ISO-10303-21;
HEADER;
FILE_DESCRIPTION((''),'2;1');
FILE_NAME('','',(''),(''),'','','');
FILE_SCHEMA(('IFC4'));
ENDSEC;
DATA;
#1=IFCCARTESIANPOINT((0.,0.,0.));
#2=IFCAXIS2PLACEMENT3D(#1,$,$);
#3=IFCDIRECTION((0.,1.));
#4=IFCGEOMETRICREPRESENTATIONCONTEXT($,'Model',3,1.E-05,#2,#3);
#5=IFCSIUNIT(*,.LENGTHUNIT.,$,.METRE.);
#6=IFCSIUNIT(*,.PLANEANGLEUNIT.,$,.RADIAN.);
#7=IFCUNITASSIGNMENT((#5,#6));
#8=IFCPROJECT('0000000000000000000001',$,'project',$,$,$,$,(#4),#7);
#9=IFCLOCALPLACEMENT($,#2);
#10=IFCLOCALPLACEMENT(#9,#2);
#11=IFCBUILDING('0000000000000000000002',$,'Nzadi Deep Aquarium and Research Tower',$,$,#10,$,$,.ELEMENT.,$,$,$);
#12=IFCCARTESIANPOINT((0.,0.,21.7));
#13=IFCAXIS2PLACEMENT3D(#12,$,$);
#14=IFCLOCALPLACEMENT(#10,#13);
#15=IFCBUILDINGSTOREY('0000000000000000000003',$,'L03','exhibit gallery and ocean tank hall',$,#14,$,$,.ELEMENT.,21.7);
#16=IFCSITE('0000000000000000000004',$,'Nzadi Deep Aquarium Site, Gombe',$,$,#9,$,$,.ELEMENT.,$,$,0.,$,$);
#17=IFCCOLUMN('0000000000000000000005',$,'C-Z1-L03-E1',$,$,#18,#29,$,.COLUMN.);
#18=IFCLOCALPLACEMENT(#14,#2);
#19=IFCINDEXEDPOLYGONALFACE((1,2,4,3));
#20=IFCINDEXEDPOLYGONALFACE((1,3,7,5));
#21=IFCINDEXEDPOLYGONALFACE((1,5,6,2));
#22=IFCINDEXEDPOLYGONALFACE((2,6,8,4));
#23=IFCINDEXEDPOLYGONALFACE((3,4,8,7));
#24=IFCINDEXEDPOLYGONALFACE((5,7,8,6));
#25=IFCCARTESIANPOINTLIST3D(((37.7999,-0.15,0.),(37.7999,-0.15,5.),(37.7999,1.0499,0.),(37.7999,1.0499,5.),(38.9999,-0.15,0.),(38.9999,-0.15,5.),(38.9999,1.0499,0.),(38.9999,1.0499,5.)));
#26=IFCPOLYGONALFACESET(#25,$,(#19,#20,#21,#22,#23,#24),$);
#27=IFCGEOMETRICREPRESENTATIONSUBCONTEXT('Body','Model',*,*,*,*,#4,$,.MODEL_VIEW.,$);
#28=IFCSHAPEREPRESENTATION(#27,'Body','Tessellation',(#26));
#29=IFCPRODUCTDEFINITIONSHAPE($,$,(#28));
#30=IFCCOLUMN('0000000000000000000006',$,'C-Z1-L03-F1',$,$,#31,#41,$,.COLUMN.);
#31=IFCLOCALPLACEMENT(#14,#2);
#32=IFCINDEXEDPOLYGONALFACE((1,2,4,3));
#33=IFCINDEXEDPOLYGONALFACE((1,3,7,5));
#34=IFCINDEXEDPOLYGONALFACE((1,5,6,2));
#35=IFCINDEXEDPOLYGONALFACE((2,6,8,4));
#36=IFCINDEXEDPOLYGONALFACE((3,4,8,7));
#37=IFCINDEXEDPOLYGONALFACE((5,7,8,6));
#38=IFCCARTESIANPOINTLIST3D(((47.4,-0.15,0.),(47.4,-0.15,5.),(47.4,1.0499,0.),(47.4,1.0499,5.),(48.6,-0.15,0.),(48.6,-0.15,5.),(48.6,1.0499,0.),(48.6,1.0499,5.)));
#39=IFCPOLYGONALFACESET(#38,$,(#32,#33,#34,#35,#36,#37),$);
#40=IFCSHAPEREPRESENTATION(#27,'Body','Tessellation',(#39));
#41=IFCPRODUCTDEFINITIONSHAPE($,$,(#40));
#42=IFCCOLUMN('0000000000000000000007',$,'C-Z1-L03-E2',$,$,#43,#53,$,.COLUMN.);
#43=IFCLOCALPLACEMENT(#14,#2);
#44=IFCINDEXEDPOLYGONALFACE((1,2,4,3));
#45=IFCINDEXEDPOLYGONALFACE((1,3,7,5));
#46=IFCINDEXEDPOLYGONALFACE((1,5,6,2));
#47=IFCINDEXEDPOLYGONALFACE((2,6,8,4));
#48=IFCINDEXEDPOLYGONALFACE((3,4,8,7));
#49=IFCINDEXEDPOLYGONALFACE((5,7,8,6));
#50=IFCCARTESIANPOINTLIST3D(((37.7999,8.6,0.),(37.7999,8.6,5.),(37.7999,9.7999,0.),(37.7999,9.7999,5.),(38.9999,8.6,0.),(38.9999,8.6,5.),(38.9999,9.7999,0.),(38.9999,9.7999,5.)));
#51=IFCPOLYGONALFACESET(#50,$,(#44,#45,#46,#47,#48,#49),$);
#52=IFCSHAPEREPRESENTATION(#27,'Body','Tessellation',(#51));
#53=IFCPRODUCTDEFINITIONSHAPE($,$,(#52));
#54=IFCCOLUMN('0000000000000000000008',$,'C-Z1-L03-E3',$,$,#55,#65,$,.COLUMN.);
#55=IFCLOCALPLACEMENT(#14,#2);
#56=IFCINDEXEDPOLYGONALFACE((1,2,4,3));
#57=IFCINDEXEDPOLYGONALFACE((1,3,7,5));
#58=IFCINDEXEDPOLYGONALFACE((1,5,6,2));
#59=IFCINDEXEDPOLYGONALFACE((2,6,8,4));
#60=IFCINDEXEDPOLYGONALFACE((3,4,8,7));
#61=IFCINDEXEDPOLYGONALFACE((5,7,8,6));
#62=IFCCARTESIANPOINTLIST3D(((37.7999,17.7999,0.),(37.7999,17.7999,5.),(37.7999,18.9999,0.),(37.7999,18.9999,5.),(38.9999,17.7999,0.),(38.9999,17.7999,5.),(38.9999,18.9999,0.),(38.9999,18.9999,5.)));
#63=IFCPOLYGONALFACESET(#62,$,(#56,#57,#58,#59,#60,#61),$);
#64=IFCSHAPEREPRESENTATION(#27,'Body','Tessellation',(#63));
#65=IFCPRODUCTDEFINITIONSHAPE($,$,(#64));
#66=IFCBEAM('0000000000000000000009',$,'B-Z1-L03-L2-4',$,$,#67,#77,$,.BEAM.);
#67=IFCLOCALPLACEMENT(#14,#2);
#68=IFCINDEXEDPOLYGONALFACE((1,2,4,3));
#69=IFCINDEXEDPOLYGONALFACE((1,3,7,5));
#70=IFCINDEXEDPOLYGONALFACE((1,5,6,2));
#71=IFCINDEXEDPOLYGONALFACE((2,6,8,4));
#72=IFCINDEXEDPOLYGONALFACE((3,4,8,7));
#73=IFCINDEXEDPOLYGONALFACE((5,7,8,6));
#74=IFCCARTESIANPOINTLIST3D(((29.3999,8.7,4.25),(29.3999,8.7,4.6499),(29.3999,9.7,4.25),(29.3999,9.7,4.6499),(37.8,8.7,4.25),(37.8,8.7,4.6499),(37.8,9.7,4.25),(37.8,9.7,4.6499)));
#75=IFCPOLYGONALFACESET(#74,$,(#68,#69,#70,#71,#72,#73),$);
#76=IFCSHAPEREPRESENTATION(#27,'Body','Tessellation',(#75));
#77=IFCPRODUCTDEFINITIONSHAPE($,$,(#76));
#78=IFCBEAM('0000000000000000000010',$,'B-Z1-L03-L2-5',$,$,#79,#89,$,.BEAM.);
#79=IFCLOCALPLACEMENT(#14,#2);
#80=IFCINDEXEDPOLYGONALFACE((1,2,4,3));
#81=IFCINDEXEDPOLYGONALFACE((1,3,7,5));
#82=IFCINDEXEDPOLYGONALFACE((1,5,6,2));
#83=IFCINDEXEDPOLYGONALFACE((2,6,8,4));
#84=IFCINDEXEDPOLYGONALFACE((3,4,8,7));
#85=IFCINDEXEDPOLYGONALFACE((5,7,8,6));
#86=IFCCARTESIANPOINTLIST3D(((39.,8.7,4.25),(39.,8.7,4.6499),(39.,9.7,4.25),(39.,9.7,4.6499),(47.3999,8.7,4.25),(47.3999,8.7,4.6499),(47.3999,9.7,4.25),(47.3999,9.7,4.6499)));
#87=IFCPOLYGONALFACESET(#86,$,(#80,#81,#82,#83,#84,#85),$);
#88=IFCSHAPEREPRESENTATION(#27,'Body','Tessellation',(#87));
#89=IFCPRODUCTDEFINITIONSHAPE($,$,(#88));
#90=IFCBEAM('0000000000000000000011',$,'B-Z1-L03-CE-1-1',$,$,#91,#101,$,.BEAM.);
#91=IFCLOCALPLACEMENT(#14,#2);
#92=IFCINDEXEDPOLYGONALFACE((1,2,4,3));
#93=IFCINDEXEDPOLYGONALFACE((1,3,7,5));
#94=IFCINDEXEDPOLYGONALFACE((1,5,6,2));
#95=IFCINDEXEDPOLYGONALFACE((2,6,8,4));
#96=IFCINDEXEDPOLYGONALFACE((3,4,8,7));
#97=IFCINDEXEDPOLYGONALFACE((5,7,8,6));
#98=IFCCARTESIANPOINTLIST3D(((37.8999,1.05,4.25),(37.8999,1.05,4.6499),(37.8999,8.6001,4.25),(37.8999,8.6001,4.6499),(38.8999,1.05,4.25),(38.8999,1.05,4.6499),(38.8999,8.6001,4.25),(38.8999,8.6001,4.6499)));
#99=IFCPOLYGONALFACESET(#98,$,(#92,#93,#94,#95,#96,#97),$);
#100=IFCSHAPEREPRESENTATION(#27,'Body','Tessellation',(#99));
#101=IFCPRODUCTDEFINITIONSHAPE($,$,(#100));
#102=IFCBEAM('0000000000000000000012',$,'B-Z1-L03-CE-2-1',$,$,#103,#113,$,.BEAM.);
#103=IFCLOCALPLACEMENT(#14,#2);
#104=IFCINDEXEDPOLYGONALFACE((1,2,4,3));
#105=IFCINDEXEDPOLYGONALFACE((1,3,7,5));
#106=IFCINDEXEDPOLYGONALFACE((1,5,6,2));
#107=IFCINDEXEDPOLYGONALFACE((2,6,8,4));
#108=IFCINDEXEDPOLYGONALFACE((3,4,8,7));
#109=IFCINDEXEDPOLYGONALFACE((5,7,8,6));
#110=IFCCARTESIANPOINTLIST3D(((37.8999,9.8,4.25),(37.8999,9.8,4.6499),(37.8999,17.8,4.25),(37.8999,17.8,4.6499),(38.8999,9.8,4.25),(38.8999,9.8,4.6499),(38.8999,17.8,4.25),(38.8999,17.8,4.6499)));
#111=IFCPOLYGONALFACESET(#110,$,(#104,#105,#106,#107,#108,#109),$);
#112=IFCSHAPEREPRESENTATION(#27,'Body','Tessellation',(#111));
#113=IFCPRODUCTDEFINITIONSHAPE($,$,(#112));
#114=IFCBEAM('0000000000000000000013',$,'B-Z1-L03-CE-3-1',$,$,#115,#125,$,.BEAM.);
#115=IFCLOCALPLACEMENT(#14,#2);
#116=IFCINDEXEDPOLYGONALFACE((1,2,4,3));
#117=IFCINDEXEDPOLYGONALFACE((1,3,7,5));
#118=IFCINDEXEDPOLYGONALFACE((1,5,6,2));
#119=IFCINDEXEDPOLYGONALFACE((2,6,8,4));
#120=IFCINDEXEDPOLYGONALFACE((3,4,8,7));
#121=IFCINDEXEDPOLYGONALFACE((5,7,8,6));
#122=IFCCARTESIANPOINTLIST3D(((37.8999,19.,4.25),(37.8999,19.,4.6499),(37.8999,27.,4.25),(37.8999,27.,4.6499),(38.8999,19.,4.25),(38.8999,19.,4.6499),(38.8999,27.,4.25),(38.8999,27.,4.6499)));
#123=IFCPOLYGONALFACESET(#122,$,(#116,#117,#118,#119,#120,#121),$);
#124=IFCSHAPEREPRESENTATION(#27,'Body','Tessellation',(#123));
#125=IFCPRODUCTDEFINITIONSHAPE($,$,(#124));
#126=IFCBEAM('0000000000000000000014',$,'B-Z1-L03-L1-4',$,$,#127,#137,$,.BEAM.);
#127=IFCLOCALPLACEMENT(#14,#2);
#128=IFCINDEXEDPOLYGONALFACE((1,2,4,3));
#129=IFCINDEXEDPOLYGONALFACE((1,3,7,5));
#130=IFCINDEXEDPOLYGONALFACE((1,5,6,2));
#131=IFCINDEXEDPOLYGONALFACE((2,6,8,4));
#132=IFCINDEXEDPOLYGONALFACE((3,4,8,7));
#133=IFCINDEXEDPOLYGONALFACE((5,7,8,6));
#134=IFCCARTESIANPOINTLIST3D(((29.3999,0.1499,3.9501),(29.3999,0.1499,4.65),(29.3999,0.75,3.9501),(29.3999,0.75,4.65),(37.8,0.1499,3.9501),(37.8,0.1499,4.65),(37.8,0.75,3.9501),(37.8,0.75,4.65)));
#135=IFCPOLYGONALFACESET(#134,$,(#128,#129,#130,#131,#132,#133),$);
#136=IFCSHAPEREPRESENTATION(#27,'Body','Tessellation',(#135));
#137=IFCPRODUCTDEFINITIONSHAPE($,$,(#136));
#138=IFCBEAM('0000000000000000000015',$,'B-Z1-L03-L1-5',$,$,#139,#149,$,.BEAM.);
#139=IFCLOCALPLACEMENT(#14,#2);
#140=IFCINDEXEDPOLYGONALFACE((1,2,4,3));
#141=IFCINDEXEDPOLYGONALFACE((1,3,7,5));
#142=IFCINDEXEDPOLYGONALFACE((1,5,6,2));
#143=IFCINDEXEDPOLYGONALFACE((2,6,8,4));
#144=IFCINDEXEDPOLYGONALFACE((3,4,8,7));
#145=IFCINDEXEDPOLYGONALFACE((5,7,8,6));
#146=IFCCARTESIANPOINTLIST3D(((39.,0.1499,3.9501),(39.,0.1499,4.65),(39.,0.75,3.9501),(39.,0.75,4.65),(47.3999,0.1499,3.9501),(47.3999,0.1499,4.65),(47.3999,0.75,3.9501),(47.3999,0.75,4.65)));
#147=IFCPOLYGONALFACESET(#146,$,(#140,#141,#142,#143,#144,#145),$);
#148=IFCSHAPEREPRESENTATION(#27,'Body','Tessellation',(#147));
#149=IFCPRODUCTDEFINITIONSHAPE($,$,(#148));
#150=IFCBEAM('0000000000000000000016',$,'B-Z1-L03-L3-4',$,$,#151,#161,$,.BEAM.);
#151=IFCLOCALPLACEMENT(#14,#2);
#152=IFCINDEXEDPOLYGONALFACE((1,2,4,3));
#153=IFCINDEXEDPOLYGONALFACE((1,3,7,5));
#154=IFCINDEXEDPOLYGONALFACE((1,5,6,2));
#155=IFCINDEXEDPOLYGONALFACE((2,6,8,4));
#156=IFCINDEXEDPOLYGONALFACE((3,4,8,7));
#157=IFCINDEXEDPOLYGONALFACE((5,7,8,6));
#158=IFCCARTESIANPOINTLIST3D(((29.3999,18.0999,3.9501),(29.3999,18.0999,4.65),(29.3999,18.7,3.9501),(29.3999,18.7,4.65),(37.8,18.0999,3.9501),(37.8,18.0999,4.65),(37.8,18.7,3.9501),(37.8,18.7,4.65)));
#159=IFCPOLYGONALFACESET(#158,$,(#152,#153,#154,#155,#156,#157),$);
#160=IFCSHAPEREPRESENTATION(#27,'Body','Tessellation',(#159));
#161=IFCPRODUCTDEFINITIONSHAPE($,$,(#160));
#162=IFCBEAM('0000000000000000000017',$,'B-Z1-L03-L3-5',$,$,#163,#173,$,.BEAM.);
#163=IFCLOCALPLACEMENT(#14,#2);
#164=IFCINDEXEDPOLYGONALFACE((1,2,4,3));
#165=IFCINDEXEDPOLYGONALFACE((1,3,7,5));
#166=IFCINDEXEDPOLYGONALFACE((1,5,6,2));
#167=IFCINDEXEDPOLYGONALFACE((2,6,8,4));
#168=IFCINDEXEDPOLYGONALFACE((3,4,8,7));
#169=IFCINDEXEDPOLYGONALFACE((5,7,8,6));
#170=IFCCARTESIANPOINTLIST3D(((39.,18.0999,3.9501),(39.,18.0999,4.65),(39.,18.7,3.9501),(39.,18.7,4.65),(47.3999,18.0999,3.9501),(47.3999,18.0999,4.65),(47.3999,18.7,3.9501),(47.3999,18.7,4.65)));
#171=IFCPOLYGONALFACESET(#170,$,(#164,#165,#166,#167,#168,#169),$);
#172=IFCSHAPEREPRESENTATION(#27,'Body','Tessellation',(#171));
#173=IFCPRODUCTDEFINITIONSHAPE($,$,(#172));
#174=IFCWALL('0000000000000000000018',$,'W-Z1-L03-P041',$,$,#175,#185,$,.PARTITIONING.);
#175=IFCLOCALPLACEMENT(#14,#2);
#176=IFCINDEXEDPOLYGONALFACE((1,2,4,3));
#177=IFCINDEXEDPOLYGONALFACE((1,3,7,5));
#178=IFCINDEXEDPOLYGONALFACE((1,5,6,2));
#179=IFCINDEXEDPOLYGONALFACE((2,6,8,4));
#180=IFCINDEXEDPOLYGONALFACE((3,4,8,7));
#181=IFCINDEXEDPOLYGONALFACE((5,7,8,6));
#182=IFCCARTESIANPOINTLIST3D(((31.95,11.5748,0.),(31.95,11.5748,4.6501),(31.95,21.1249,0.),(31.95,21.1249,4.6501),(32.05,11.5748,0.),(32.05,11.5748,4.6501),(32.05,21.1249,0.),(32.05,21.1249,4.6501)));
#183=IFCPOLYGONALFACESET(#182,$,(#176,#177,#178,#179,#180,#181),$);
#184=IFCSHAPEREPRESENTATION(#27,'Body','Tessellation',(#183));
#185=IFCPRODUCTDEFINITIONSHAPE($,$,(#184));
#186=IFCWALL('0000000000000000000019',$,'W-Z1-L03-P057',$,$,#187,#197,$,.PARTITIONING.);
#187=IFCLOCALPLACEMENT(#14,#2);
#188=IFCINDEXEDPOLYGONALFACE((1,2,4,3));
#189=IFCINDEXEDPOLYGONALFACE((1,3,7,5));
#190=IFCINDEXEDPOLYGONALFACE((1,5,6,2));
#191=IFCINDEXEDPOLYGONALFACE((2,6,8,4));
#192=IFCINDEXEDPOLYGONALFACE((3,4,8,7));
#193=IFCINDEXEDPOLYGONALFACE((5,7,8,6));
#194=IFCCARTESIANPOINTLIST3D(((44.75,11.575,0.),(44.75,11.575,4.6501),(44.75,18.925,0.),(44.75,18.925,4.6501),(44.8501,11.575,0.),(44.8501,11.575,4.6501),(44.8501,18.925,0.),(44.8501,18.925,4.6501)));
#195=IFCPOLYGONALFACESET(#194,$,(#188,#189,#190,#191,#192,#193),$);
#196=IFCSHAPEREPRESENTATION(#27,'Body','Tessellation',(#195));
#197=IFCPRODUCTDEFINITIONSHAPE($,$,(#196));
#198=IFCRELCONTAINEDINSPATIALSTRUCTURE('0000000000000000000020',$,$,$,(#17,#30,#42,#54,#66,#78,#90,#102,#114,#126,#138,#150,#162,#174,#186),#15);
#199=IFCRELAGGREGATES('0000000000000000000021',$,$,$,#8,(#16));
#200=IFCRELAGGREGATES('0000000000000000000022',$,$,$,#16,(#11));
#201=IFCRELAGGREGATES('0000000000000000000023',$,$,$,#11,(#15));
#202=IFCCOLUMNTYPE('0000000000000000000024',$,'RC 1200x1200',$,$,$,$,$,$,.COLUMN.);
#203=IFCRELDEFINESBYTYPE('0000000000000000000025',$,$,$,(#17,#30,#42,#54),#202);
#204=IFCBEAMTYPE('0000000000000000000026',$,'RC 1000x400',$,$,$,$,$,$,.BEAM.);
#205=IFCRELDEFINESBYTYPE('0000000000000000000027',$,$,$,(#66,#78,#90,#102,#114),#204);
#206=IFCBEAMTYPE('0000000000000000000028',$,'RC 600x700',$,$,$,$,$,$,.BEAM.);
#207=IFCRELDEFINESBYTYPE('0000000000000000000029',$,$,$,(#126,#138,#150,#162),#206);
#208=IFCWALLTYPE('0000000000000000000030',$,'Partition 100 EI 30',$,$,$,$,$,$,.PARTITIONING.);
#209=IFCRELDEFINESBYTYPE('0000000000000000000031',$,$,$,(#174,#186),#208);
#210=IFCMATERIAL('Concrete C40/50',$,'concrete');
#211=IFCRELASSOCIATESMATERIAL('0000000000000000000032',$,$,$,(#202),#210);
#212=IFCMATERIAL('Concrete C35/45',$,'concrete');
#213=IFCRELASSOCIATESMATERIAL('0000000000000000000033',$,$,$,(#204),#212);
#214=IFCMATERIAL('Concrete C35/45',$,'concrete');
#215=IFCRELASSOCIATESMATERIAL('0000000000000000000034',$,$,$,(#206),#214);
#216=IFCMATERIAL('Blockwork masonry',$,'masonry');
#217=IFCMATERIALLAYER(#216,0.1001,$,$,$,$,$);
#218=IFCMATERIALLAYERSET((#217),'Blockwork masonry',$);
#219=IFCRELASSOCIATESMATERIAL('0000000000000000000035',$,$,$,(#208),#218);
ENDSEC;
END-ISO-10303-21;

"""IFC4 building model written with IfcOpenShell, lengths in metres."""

from ifc_helpers import new_model, si_unit, direction, frame, frame_2d, origin, origin_2d, place, context, subcontext, project, spatial, rectangle, extrude, material, layer, layer_set, material_profile, profile_set, type_object, element, save


model = new_model("IFC4")

# Units and contexts
model_context = context("Model", 3, precision=1e-05, world=origin(), true_north=direction((0.0, 1.0)))
body_context = subcontext(model_context, "Body", "Model", "MODEL_VIEW")
ifc_project = project(units=[si_unit("LENGTHUNIT", "METRE"), si_unit("PLANEANGLEUNIT", "RADIAN")], contexts=[model_context])

# Site, building, storey
site_placement = place(None, origin())
site = spatial("IfcSite", under=ifc_project, at=site_placement, Name="Nzadi Deep Aquarium Site, Gombe", CompositionType="ELEMENT", RefElevation=0.0)
building_placement = place(site_placement, origin())
building = spatial("IfcBuilding", under=site, at=building_placement, Name="Nzadi Deep Aquarium and Research Tower", CompositionType="ELEMENT")
storey_placement = place(building_placement, frame((0.0, 0.0, 21.7)))
storey = spatial("IfcBuildingStorey", under=building, at=storey_placement, Name="L03", Description="exhibit gallery and ocean tank hall", CompositionType="ELEMENT", Elevation=21.7)

# Columns
ifc_material_1 = material(Name="Concrete C40/50", Category="concrete")
ifc_material_profile_1 = material_profile(ifc_material_1, rectangle(XDim=1.2, YDim=1.2, at=origin_2d()))
ifc_profile_set_1 = profile_set([ifc_material_profile_1], Name="Concrete C40/50")
column_type = type_object("IfcColumnType", Name="RC 1200x1200", PredefinedType="COLUMN", material=ifc_profile_set_1)
for number, where, z_axis, x_axis, name in (
    (1, (38.3999, 0.45, 0.0), (0.0, 0.0, 1.0), (1.0, 0.0, 0.0), "C-Z1-L03-E1"),
    (2, (48.0, 0.45, 0.0), (0.0, 0.0, 1.0), (1.0, 0.0, 0.0), "C-Z1-L03-F1"),
    (3, (38.3999, 9.2, 0.0), (0.0, 0.0, 1.0), (1.0, 0.0, 0.0), "C-Z1-L03-E2"),
    (4, (38.3999, 18.3999, 0.0), (0.0, 0.0, 1.0), (1.0, 0.0, 0.0), "C-Z1-L03-E3"),
):
    element("IfcColumn", number, at=place(storey_placement, frame(where, z_axis=z_axis, x_axis=x_axis)), inside=storey, type_object=column_type, Name=name, PredefinedType="COLUMN", context=body_context, shape_type="SweptSolid", body=[
        extrude(rectangle(XDim=1.2, YDim=1.2, at=origin_2d()), origin(), (0.0, 0.0, 1.0), 5.0),
    ])

# Beams
ifc_material_2 = material(Name="Concrete C35/45", Category="concrete")
ifc_material_profile_2 = material_profile(ifc_material_2, rectangle(XDim=1.0, YDim=0.3999, at=origin_2d()))
ifc_profile_set_2 = profile_set([ifc_material_profile_2], Name="Concrete C35/45")
beam_type_1 = type_object("IfcBeamType", Name="RC 1000x400", PredefinedType="BEAM", material=ifc_profile_set_2)
beam_1_placement = place(storey_placement, frame((29.3999, 9.2, 4.45), z_axis=(1.0, 0.0, 0.0), x_axis=(0.0, 1.0, 0.0)))
element("IfcBeam", 5, at=beam_1_placement, inside=storey, type_object=beam_type_1, Name="B-Z1-L03-L2-4", PredefinedType="BEAM", context=body_context, shape_type="SweptSolid", body=[
    extrude(rectangle(XDim=1.0, YDim=0.3999, at=origin_2d()), origin(), (0.0, 0.0, 1.0), 8.4001),
])
beam_2_placement = place(storey_placement, frame((39.0, 9.2, 4.45), z_axis=(1.0, 0.0, 0.0), x_axis=(0.0, 1.0, 0.0)))
element("IfcBeam", 6, at=beam_2_placement, inside=storey, type_object=beam_type_1, Name="B-Z1-L03-L2-5", PredefinedType="BEAM", context=body_context, shape_type="SweptSolid", body=[
    extrude(rectangle(XDim=1.0, YDim=0.3999, at=origin_2d()), origin(), (0.0, 0.0, 1.0), 8.3999),
])
beam_3_placement = place(storey_placement, frame((38.3999, 1.05, 4.45), z_axis=(0.0, 1.0, 0.0), x_axis=(-1.0, 0.0, 0.0)))
element("IfcBeam", 7, at=beam_3_placement, inside=storey, type_object=beam_type_1, Name="B-Z1-L03-CE-1-1", PredefinedType="BEAM", context=body_context, shape_type="SweptSolid", body=[
    extrude(rectangle(XDim=1.0, YDim=0.3999, at=origin_2d()), origin(), (0.0, 0.0, 1.0), 7.55),
])
for number, where, z_axis, x_axis, name in (
    (8, (38.3999, 9.8, 4.45), (0.0, 1.0, 0.0), (-1.0, 0.0, 0.0), "B-Z1-L03-CE-2-1"),
    (9, (38.3999, 19.0, 4.45), (0.0, 1.0, 0.0), (-1.0, 0.0, 0.0), "B-Z1-L03-CE-3-1"),
):
    element("IfcBeam", number, at=place(storey_placement, frame(where, z_axis=z_axis, x_axis=x_axis)), inside=storey, type_object=beam_type_1, Name=name, PredefinedType="BEAM", context=body_context, shape_type="SweptSolid", body=[
        extrude(rectangle(XDim=1.0, YDim=0.3999, at=origin_2d()), origin(), (0.0, 0.0, 1.0), 8.0),
    ])
ifc_material_3 = material(Name="Concrete C35/45", Category="concrete")
ifc_material_profile_3 = material_profile(ifc_material_3, rectangle(XDim=0.6001, YDim=0.7, at=origin_2d()))
ifc_profile_set_3 = profile_set([ifc_material_profile_3], Name="Concrete C35/45")
beam_type_2 = type_object("IfcBeamType", Name="RC 600x700", PredefinedType="BEAM", material=ifc_profile_set_3)
beam_4_placement = place(storey_placement, frame((29.3999, 0.45, 4.3), z_axis=(1.0, 0.0, 0.0), x_axis=(0.0, 1.0, 0.0)))
element("IfcBeam", 10, at=beam_4_placement, inside=storey, type_object=beam_type_2, Name="B-Z1-L03-L1-4", PredefinedType="BEAM", context=body_context, shape_type="SweptSolid", body=[
    extrude(rectangle(XDim=0.6001, YDim=0.7, at=origin_2d()), origin(), (0.0, 0.0, 1.0), 8.4001),
])
beam_5_placement = place(storey_placement, frame((39.0, 0.45, 4.3), z_axis=(1.0, 0.0, 0.0), x_axis=(0.0, 1.0, 0.0)))
element("IfcBeam", 11, at=beam_5_placement, inside=storey, type_object=beam_type_2, Name="B-Z1-L03-L1-5", PredefinedType="BEAM", context=body_context, shape_type="SweptSolid", body=[
    extrude(rectangle(XDim=0.6001, YDim=0.7, at=origin_2d()), origin(), (0.0, 0.0, 1.0), 8.3999),
])
beam_6_placement = place(storey_placement, frame((29.3999, 18.3999, 4.3), z_axis=(1.0, 0.0, 0.0), x_axis=(0.0, 1.0, 0.0)))
element("IfcBeam", 12, at=beam_6_placement, inside=storey, type_object=beam_type_2, Name="B-Z1-L03-L3-4", PredefinedType="BEAM", context=body_context, shape_type="SweptSolid", body=[
    extrude(rectangle(XDim=0.6001, YDim=0.7, at=origin_2d()), origin(), (0.0, 0.0, 1.0), 8.4001),
])
beam_7_placement = place(storey_placement, frame((39.0, 18.3999, 4.3), z_axis=(1.0, 0.0, 0.0), x_axis=(0.0, 1.0, 0.0)))
element("IfcBeam", 13, at=beam_7_placement, inside=storey, type_object=beam_type_2, Name="B-Z1-L03-L3-5", PredefinedType="BEAM", context=body_context, shape_type="SweptSolid", body=[
    extrude(rectangle(XDim=0.6001, YDim=0.7, at=origin_2d()), origin(), (0.0, 0.0, 1.0), 8.3999),
])

# Walls
ifc_material_4 = material(Name="Blockwork masonry", Category="masonry")
ifc_layer_1 = layer(ifc_material_4, 0.1001)
ifc_layer_set_1 = layer_set([ifc_layer_1], Name="Blockwork masonry")
wall_type_1 = type_object("IfcWallType", Name="Partition 100 EI 30", PredefinedType="PARTITIONING", material=ifc_layer_set_1)
wall_1_placement = place(storey_placement, frame((32.0, 11.575, 0.0), z_axis=(0.0, 0.0, 1.0), x_axis=(0.0, 1.0, 0.0)))
element("IfcWall", 14, at=wall_1_placement, inside=storey, type_object=wall_type_1, Name="W-Z1-L03-P041", PredefinedType="PARTITIONING", context=body_context, shape_type="SweptSolid", body=[
    extrude(rectangle(XDim=9.55, YDim=0.1001, at=frame_2d((4.7749, 0.0))), origin(), (0.0, 0.0, 1.0), 4.6501),
])
wall_2_placement = place(storey_placement, frame((44.8, 11.575, 0.0), z_axis=(0.0, 0.0, 1.0), x_axis=(0.0, 1.0, 0.0)))
element("IfcWall", 15, at=wall_2_placement, inside=storey, type_object=wall_type_1, Name="W-Z1-L03-P057", PredefinedType="PARTITIONING", context=body_context, shape_type="SweptSolid", body=[
    extrude(rectangle(XDim=7.3501, YDim=0.1001, at=frame_2d((3.675, 0.0))), origin(), (0.0, 0.0, 1.0), 4.6501),
])

save(model, "model.ifc")
